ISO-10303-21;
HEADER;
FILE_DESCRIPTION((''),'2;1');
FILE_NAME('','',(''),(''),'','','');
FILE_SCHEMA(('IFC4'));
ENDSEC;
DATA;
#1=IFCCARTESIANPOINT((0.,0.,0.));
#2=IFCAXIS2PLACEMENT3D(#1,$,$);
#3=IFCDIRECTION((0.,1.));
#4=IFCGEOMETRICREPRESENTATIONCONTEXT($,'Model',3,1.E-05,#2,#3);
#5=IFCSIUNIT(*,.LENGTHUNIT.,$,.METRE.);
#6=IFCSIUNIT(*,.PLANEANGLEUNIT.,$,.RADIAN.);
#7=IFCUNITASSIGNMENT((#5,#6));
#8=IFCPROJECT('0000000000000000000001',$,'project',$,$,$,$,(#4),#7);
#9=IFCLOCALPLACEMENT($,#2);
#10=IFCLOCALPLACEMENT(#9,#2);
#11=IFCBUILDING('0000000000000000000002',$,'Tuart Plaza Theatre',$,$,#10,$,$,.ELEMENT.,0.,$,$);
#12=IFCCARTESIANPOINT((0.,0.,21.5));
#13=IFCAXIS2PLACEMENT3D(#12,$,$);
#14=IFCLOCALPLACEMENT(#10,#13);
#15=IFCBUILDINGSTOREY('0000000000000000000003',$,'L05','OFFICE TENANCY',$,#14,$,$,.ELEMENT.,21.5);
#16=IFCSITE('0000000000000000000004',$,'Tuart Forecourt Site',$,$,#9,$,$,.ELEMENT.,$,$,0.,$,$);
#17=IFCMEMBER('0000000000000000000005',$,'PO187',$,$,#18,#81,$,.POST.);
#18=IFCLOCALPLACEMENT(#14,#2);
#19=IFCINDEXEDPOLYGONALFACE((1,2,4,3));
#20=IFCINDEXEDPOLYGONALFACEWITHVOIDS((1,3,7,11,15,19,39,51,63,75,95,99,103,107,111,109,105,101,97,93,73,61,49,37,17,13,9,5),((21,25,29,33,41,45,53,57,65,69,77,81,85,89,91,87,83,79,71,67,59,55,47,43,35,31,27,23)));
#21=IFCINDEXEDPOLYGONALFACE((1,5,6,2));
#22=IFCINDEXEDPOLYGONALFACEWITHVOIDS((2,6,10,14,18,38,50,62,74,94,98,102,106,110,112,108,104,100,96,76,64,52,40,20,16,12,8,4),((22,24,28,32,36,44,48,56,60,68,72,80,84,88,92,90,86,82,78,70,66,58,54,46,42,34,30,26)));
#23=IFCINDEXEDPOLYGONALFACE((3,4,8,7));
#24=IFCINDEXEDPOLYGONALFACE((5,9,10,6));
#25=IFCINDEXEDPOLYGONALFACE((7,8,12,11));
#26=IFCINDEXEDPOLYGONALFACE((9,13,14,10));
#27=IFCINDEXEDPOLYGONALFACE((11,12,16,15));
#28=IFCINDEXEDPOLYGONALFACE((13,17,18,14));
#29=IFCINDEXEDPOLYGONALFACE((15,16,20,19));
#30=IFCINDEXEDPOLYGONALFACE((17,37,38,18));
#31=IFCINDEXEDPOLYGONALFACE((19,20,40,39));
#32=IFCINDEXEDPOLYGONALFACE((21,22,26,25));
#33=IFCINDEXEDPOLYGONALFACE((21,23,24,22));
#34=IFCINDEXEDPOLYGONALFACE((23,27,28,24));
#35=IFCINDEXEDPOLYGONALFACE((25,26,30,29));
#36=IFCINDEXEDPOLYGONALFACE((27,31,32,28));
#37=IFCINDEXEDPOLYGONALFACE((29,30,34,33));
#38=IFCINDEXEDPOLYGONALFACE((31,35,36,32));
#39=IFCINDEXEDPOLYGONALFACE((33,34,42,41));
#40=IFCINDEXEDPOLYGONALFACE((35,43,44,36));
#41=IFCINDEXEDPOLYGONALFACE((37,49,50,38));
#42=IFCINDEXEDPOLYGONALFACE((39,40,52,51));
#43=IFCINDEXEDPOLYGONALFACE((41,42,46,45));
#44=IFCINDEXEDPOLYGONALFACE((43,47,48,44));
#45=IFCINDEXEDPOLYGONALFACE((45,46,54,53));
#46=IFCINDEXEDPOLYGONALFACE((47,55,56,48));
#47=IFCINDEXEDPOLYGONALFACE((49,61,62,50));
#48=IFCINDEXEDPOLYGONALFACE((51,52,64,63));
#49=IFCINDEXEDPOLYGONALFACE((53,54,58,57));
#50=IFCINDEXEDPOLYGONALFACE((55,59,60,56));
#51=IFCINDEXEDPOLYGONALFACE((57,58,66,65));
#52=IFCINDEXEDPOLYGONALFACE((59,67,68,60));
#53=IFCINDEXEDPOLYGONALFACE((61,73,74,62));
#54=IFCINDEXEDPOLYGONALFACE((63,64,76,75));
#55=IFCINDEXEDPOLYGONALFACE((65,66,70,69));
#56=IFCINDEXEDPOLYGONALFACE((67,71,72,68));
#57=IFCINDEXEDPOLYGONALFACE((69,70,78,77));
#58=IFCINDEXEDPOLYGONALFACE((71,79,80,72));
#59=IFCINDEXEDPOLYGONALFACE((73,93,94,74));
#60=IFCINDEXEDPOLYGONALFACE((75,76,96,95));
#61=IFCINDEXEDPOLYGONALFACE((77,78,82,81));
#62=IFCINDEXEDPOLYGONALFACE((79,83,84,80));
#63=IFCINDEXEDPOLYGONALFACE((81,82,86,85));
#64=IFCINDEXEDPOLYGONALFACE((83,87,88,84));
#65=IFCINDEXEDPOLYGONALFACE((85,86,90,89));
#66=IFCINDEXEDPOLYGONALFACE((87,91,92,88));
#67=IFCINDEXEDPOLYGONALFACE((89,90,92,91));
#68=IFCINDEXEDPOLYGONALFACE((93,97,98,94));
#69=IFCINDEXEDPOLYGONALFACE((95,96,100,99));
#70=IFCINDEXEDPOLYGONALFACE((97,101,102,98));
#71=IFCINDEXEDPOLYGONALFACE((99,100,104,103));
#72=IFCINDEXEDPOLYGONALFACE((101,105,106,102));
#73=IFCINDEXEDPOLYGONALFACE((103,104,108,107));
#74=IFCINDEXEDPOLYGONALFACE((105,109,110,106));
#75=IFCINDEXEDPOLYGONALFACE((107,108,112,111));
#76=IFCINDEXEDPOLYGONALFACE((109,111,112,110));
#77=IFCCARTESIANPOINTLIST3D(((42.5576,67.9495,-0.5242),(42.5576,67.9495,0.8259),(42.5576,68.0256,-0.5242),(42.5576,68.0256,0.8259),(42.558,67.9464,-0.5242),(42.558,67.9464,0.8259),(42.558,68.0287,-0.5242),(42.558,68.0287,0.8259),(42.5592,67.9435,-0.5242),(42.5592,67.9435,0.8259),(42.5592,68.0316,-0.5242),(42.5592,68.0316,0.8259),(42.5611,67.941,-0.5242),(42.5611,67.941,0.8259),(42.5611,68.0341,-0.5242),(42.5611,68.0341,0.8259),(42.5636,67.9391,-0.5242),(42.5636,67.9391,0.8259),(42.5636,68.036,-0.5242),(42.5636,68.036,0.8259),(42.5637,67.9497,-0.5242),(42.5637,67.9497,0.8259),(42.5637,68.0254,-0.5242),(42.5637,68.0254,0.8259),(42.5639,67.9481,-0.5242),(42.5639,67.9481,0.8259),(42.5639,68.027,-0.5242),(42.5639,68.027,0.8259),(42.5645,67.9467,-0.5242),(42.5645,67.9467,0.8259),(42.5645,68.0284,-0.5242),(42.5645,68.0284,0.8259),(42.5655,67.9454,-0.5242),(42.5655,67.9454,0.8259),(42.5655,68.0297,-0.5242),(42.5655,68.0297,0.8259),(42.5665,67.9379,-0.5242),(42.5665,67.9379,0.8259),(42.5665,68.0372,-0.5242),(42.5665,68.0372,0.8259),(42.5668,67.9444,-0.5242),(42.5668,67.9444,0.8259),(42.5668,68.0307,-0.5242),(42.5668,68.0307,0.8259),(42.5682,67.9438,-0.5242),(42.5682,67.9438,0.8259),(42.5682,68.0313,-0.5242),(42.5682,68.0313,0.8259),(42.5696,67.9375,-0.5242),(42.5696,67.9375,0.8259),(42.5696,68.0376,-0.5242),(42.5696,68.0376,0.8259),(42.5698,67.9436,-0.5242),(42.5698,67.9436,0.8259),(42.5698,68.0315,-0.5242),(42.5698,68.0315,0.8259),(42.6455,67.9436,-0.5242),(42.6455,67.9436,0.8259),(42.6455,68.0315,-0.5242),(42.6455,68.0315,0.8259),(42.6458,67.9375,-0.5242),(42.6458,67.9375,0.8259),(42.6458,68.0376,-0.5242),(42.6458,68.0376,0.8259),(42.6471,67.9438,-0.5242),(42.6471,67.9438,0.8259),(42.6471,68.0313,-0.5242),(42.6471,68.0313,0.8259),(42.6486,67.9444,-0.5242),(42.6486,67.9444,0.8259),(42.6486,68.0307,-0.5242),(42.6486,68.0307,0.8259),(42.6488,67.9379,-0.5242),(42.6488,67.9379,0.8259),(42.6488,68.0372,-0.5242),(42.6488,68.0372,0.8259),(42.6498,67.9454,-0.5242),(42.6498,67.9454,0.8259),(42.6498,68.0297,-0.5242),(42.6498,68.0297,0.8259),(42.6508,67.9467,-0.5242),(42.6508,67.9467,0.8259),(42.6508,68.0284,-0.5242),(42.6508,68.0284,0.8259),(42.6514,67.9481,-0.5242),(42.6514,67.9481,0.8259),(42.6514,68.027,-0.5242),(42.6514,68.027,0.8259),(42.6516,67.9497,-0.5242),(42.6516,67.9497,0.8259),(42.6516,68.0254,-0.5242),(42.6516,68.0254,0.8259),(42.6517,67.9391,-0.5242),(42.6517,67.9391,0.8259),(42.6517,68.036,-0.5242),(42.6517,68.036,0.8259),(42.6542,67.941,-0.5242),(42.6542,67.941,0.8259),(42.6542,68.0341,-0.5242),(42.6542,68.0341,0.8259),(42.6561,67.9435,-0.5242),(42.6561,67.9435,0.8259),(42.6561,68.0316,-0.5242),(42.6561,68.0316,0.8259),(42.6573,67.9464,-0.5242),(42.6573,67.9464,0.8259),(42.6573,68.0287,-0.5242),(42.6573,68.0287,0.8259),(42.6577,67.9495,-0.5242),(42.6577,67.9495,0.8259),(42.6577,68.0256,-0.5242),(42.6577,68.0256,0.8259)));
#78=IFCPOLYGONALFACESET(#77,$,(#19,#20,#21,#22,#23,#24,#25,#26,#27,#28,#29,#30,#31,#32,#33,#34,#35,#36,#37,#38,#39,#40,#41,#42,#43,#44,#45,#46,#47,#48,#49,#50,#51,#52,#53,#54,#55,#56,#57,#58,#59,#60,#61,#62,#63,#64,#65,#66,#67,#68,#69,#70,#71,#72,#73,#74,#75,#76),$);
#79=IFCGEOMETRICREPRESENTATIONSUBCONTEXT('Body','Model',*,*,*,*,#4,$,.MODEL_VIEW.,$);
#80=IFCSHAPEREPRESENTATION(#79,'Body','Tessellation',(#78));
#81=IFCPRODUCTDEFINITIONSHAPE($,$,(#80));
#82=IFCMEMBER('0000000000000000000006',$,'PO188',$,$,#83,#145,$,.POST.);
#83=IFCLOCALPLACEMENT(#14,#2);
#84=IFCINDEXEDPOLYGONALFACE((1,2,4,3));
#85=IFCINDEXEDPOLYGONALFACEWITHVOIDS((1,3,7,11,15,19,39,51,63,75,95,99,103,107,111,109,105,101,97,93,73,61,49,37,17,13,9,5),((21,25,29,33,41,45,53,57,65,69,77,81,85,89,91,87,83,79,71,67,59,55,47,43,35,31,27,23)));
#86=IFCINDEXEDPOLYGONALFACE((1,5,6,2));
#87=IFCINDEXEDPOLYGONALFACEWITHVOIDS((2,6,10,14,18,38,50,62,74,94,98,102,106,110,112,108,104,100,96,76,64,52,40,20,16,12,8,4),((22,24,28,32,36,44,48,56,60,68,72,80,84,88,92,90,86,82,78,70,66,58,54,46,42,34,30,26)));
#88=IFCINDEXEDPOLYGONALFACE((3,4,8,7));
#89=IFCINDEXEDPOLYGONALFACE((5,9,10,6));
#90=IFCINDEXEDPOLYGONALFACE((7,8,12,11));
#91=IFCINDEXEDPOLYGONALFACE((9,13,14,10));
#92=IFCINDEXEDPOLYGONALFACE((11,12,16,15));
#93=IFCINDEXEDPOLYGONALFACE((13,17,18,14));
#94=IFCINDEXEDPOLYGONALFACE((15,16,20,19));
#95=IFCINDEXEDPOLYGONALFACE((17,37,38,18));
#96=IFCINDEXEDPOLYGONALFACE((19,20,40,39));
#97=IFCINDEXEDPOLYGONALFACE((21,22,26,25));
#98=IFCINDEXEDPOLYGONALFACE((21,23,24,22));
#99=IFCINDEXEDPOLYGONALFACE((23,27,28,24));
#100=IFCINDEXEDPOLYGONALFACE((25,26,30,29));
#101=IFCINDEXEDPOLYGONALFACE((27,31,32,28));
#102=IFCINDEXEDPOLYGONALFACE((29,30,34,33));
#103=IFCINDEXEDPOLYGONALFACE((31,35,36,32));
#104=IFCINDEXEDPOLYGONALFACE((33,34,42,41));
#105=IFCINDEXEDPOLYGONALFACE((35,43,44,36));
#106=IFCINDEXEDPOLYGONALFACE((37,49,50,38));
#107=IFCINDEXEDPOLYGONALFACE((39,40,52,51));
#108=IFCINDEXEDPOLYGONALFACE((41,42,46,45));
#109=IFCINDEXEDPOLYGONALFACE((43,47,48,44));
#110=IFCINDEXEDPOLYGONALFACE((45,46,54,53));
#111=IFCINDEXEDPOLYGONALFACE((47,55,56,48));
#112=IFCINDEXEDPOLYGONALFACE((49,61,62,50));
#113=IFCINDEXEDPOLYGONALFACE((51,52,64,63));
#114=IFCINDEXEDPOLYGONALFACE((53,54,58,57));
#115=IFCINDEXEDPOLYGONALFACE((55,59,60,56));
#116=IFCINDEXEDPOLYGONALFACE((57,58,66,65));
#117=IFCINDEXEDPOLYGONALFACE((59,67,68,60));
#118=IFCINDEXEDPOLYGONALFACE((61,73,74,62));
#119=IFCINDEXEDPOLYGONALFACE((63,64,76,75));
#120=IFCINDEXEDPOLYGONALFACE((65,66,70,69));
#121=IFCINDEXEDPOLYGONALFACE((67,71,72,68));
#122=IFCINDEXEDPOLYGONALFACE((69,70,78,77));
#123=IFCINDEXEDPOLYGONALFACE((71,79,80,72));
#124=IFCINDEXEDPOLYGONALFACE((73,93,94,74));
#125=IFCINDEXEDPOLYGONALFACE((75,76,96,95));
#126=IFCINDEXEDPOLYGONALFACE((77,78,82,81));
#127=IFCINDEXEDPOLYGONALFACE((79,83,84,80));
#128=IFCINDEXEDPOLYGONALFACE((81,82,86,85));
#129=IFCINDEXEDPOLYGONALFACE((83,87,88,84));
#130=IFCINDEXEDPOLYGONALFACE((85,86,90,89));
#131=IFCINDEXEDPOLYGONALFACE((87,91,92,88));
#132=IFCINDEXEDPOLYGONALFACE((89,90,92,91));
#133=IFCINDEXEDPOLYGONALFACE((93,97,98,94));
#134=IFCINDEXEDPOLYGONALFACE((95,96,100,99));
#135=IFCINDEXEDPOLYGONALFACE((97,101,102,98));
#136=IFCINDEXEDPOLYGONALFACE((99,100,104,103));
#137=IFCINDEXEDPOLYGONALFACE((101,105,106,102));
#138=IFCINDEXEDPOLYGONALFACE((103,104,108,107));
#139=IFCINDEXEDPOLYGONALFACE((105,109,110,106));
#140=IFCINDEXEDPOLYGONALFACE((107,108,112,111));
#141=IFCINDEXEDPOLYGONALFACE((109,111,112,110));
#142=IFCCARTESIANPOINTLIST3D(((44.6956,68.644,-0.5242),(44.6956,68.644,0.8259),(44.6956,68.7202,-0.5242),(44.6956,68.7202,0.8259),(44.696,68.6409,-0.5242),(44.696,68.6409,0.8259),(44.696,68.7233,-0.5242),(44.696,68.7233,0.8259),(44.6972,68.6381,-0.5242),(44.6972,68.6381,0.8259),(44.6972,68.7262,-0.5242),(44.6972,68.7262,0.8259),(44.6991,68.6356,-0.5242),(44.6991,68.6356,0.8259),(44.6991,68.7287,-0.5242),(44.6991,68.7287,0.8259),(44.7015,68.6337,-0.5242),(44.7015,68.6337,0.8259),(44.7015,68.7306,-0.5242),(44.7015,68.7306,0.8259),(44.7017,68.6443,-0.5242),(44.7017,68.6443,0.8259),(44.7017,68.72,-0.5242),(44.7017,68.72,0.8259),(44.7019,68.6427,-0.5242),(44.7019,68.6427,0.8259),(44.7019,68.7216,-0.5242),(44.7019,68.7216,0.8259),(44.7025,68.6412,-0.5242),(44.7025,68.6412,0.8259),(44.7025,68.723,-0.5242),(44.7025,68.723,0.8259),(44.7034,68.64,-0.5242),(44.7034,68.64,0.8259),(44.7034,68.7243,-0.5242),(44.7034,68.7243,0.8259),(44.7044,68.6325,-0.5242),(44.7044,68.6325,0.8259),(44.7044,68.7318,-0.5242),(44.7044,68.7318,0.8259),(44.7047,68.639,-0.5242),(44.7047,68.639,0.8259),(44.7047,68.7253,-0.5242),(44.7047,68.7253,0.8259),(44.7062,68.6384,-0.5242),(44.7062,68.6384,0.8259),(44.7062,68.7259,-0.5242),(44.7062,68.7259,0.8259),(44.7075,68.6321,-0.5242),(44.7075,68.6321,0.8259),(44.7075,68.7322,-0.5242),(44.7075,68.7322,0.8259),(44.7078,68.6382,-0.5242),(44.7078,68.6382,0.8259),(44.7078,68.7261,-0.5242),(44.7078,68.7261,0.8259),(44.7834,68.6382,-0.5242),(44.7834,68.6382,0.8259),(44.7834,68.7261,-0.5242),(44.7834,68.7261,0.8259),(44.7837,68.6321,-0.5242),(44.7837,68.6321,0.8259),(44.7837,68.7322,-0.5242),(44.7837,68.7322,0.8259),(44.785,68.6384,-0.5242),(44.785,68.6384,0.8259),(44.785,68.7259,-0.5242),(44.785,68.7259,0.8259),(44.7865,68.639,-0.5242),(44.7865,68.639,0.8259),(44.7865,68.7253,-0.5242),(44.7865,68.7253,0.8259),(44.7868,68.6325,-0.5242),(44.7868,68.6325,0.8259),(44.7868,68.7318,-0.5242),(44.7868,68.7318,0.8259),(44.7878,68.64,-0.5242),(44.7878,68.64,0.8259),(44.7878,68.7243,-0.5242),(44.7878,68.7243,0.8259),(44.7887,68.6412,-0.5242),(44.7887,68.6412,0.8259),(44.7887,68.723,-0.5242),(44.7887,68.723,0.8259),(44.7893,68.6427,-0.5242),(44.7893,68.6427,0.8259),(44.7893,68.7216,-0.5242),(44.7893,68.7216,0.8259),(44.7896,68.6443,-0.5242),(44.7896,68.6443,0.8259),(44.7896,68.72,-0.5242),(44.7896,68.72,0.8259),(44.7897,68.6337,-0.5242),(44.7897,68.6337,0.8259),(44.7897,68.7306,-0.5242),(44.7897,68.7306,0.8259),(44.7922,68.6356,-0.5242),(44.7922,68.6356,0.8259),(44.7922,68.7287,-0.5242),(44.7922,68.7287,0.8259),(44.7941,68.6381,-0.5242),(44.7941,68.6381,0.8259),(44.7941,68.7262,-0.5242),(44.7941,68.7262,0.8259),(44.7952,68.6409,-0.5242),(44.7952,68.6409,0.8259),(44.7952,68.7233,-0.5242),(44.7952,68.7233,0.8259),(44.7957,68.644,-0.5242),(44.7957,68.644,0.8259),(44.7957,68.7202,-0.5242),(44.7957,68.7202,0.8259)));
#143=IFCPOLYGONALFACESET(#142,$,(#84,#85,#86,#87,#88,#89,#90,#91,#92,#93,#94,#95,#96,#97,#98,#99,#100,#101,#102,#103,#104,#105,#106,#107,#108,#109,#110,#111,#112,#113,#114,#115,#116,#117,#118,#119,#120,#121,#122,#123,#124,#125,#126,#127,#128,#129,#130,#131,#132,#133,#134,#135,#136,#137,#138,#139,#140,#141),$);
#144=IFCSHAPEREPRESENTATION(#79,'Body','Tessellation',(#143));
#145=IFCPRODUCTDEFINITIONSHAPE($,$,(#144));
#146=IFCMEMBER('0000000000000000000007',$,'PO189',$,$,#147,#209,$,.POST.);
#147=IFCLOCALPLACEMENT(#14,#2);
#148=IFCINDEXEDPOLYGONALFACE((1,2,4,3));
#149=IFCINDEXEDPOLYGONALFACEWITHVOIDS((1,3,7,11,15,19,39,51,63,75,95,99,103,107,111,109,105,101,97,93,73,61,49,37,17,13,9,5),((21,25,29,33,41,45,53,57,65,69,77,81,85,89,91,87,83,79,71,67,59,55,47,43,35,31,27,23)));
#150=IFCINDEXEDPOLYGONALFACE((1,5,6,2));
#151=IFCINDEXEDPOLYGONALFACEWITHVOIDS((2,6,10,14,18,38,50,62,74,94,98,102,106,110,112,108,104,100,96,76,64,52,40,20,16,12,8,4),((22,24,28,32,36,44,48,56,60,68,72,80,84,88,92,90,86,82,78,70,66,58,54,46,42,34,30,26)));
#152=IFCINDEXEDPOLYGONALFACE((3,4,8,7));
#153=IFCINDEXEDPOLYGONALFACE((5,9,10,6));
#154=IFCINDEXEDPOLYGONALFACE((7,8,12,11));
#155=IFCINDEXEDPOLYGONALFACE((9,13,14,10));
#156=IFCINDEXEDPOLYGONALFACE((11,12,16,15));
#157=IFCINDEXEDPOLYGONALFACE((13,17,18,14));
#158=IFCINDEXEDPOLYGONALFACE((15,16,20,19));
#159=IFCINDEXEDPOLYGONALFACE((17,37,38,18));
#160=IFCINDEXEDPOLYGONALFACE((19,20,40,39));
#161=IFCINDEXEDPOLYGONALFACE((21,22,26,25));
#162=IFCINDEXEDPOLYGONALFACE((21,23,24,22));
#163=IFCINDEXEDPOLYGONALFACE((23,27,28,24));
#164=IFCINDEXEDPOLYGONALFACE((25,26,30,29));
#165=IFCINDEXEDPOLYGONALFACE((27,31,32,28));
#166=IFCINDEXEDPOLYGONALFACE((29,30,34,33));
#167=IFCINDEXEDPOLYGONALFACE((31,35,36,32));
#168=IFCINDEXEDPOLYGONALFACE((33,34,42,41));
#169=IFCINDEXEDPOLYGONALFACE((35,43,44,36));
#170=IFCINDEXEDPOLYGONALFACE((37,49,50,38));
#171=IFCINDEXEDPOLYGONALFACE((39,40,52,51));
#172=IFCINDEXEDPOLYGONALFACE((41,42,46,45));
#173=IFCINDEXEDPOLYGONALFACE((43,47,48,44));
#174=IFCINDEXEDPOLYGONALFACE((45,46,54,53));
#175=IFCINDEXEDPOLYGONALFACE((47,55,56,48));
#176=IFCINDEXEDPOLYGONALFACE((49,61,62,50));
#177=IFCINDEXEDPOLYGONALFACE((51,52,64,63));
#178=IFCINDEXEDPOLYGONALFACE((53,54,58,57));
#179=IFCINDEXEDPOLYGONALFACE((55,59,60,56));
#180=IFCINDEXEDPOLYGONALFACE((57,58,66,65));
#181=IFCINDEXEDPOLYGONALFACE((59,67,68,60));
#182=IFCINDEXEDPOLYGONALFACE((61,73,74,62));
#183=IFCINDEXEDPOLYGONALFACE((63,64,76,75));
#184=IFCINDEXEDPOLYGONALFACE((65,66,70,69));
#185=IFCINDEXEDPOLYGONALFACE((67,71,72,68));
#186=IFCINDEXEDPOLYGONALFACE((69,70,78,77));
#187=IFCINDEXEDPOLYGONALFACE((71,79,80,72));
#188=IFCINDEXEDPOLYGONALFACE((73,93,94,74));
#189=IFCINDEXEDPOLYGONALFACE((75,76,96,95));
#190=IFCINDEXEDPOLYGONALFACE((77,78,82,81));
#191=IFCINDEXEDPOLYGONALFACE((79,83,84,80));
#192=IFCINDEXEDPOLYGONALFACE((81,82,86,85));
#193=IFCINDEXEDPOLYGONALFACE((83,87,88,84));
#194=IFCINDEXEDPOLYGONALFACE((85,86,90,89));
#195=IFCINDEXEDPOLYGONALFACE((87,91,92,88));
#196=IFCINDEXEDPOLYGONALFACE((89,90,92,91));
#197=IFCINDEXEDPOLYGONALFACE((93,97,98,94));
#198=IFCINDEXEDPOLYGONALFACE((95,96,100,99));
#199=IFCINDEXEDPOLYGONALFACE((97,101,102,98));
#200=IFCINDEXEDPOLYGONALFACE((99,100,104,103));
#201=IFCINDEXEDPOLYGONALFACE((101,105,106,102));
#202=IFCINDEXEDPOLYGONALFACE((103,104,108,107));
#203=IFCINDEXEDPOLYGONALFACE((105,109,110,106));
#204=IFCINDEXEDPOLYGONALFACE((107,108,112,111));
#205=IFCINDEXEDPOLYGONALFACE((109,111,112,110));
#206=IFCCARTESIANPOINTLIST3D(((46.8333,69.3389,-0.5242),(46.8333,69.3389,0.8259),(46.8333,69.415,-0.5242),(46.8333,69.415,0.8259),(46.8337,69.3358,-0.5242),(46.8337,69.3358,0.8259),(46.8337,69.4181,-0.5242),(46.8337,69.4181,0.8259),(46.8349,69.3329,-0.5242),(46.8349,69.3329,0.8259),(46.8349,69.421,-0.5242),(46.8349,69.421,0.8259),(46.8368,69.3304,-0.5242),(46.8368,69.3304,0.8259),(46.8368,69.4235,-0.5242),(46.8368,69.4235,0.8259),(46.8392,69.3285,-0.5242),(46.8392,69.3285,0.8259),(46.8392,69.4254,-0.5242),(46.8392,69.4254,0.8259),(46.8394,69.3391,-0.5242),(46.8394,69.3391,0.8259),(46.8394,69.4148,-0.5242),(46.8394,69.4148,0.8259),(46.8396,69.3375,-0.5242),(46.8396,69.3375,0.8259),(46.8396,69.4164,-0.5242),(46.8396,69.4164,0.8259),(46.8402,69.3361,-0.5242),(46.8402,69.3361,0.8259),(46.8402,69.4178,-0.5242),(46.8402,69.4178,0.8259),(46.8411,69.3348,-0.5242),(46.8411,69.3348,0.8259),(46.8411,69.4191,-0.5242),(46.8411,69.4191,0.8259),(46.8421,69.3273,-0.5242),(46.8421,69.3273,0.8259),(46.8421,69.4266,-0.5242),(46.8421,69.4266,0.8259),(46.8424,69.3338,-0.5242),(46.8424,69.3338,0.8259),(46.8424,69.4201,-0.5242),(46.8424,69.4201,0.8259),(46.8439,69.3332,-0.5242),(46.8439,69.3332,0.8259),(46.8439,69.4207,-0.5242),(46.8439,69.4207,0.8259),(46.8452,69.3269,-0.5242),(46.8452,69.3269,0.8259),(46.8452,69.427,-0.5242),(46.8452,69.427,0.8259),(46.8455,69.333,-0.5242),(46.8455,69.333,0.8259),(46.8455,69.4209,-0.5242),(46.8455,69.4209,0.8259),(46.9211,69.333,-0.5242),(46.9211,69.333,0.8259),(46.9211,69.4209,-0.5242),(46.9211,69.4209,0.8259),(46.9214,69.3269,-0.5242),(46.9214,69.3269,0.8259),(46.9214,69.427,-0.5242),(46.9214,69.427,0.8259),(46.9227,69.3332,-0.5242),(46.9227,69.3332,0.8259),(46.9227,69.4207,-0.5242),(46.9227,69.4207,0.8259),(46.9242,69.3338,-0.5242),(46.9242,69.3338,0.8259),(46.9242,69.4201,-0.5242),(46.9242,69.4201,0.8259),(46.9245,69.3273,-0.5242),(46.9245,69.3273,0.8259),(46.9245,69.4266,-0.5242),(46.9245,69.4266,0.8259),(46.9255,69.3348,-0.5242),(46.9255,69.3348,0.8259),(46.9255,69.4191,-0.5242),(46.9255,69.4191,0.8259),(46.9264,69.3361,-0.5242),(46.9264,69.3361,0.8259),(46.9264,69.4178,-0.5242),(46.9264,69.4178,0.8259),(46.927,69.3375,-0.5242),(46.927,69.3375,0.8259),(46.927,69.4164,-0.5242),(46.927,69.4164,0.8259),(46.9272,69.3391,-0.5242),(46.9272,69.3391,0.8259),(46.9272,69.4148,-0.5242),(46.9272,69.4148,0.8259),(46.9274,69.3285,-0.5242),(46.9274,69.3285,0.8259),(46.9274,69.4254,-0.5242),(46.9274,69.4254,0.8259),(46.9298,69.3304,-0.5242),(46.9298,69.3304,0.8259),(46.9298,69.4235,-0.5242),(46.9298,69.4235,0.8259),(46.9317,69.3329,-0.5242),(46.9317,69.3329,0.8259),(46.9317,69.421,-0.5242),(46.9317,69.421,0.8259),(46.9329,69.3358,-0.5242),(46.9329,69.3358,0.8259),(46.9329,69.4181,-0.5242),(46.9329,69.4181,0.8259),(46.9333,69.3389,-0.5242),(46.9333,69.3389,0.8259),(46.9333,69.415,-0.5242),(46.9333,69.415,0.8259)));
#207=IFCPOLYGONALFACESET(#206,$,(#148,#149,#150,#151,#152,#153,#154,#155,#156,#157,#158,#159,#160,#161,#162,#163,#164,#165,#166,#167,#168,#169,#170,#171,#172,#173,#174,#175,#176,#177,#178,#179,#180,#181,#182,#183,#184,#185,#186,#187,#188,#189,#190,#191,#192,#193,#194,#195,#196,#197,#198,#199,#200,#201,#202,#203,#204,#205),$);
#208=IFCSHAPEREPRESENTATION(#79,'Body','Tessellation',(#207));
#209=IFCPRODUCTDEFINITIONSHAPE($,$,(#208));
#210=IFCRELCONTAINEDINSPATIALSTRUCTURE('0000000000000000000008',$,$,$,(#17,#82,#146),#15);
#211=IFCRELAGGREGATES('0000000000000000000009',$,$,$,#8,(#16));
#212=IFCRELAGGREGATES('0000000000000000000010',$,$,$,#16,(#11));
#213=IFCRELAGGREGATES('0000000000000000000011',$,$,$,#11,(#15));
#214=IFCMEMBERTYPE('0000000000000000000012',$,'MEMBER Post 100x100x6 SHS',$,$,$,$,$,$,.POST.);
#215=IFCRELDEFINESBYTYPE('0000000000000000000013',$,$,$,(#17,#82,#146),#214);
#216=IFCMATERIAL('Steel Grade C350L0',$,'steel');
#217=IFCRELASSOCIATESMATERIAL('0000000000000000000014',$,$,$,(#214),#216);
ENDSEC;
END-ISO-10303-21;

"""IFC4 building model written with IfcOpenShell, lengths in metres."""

from ifc_helpers import new_model, si_unit, direction, frame, origin, origin_2d, place, context, subcontext, project, spatial, hollow_rectangle, extrude, material, material_profile, profile_set, type_object, element, save


model = new_model("IFC4")

# Units and contexts
model_context = context("Model", 3, precision=1e-05, world=origin(), true_north=direction((0.0, 1.0)))
body_context = subcontext(model_context, "Body", "Model", "MODEL_VIEW")
ifc_project = project(units=[si_unit("LENGTHUNIT", "METRE"), si_unit("PLANEANGLEUNIT", "RADIAN")], contexts=[model_context])

# Site, building, storey
site_placement = place(None, origin())
site = spatial("IfcSite", under=ifc_project, at=site_placement, Name="Tuart Forecourt Site", CompositionType="ELEMENT", RefElevation=0.0)
building_placement = place(site_placement, origin())
building = spatial("IfcBuilding", under=site, at=building_placement, Name="Tuart Plaza Theatre", CompositionType="ELEMENT", ElevationOfRefHeight=0.0)
storey_placement = place(building_placement, frame((0.0, 0.0, 21.5)))
storey = spatial("IfcBuildingStorey", under=building, at=storey_placement, Name="L05", Description="OFFICE TENANCY", CompositionType="ELEMENT", Elevation=21.5)

# Members
ifc_material_1 = material(Name="Steel Grade C350L0", Category="steel")
ifc_material_profile_1 = material_profile(ifc_material_1, hollow_rectangle(XDim=0.1001, YDim=0.1001, WallThickness=0.0061, InnerFilletRadius=0.0061, OuterFilletRadius=0.012, at=origin_2d()), Name="100x100x6 SHS")
ifc_profile_set_1 = profile_set([ifc_material_profile_1], Name="Steel Grade C350L0")
member_type_1 = type_object("IfcMemberType", Name="MEMBER Post 100x100x6 SHS", PredefinedType="POST", material=ifc_profile_set_1)
for number, where, z_axis, x_axis, name in (
    (1, (42.6077, 67.9875, -0.5242), (0.0, 0.0, 1.0), (1.0, 0.0, 0.0), "PO187"),
    (2, (44.7456, 68.6821, -0.5242), (0.0, 0.0, 1.0), (1.0, 0.0, 0.0), "PO188"),
    (3, (46.8833, 69.377, -0.5242), (0.0, 0.0, 1.0), (1.0, 0.0, 0.0), "PO189"),
):
    element("IfcMember", number, at=place(storey_placement, frame(where, z_axis=z_axis, x_axis=x_axis)), inside=storey, type_object=member_type_1, Name=name, PredefinedType="POST", context=body_context, shape_type="SweptSolid", body=[
        extrude(hollow_rectangle(XDim=0.1001, YDim=0.1001, WallThickness=0.0061, InnerFilletRadius=0.0061, OuterFilletRadius=0.012, at=origin_2d()), origin(), (0.0, 0.0, 1.0), 1.3501),
    ])

save(model, "model.ifc")
